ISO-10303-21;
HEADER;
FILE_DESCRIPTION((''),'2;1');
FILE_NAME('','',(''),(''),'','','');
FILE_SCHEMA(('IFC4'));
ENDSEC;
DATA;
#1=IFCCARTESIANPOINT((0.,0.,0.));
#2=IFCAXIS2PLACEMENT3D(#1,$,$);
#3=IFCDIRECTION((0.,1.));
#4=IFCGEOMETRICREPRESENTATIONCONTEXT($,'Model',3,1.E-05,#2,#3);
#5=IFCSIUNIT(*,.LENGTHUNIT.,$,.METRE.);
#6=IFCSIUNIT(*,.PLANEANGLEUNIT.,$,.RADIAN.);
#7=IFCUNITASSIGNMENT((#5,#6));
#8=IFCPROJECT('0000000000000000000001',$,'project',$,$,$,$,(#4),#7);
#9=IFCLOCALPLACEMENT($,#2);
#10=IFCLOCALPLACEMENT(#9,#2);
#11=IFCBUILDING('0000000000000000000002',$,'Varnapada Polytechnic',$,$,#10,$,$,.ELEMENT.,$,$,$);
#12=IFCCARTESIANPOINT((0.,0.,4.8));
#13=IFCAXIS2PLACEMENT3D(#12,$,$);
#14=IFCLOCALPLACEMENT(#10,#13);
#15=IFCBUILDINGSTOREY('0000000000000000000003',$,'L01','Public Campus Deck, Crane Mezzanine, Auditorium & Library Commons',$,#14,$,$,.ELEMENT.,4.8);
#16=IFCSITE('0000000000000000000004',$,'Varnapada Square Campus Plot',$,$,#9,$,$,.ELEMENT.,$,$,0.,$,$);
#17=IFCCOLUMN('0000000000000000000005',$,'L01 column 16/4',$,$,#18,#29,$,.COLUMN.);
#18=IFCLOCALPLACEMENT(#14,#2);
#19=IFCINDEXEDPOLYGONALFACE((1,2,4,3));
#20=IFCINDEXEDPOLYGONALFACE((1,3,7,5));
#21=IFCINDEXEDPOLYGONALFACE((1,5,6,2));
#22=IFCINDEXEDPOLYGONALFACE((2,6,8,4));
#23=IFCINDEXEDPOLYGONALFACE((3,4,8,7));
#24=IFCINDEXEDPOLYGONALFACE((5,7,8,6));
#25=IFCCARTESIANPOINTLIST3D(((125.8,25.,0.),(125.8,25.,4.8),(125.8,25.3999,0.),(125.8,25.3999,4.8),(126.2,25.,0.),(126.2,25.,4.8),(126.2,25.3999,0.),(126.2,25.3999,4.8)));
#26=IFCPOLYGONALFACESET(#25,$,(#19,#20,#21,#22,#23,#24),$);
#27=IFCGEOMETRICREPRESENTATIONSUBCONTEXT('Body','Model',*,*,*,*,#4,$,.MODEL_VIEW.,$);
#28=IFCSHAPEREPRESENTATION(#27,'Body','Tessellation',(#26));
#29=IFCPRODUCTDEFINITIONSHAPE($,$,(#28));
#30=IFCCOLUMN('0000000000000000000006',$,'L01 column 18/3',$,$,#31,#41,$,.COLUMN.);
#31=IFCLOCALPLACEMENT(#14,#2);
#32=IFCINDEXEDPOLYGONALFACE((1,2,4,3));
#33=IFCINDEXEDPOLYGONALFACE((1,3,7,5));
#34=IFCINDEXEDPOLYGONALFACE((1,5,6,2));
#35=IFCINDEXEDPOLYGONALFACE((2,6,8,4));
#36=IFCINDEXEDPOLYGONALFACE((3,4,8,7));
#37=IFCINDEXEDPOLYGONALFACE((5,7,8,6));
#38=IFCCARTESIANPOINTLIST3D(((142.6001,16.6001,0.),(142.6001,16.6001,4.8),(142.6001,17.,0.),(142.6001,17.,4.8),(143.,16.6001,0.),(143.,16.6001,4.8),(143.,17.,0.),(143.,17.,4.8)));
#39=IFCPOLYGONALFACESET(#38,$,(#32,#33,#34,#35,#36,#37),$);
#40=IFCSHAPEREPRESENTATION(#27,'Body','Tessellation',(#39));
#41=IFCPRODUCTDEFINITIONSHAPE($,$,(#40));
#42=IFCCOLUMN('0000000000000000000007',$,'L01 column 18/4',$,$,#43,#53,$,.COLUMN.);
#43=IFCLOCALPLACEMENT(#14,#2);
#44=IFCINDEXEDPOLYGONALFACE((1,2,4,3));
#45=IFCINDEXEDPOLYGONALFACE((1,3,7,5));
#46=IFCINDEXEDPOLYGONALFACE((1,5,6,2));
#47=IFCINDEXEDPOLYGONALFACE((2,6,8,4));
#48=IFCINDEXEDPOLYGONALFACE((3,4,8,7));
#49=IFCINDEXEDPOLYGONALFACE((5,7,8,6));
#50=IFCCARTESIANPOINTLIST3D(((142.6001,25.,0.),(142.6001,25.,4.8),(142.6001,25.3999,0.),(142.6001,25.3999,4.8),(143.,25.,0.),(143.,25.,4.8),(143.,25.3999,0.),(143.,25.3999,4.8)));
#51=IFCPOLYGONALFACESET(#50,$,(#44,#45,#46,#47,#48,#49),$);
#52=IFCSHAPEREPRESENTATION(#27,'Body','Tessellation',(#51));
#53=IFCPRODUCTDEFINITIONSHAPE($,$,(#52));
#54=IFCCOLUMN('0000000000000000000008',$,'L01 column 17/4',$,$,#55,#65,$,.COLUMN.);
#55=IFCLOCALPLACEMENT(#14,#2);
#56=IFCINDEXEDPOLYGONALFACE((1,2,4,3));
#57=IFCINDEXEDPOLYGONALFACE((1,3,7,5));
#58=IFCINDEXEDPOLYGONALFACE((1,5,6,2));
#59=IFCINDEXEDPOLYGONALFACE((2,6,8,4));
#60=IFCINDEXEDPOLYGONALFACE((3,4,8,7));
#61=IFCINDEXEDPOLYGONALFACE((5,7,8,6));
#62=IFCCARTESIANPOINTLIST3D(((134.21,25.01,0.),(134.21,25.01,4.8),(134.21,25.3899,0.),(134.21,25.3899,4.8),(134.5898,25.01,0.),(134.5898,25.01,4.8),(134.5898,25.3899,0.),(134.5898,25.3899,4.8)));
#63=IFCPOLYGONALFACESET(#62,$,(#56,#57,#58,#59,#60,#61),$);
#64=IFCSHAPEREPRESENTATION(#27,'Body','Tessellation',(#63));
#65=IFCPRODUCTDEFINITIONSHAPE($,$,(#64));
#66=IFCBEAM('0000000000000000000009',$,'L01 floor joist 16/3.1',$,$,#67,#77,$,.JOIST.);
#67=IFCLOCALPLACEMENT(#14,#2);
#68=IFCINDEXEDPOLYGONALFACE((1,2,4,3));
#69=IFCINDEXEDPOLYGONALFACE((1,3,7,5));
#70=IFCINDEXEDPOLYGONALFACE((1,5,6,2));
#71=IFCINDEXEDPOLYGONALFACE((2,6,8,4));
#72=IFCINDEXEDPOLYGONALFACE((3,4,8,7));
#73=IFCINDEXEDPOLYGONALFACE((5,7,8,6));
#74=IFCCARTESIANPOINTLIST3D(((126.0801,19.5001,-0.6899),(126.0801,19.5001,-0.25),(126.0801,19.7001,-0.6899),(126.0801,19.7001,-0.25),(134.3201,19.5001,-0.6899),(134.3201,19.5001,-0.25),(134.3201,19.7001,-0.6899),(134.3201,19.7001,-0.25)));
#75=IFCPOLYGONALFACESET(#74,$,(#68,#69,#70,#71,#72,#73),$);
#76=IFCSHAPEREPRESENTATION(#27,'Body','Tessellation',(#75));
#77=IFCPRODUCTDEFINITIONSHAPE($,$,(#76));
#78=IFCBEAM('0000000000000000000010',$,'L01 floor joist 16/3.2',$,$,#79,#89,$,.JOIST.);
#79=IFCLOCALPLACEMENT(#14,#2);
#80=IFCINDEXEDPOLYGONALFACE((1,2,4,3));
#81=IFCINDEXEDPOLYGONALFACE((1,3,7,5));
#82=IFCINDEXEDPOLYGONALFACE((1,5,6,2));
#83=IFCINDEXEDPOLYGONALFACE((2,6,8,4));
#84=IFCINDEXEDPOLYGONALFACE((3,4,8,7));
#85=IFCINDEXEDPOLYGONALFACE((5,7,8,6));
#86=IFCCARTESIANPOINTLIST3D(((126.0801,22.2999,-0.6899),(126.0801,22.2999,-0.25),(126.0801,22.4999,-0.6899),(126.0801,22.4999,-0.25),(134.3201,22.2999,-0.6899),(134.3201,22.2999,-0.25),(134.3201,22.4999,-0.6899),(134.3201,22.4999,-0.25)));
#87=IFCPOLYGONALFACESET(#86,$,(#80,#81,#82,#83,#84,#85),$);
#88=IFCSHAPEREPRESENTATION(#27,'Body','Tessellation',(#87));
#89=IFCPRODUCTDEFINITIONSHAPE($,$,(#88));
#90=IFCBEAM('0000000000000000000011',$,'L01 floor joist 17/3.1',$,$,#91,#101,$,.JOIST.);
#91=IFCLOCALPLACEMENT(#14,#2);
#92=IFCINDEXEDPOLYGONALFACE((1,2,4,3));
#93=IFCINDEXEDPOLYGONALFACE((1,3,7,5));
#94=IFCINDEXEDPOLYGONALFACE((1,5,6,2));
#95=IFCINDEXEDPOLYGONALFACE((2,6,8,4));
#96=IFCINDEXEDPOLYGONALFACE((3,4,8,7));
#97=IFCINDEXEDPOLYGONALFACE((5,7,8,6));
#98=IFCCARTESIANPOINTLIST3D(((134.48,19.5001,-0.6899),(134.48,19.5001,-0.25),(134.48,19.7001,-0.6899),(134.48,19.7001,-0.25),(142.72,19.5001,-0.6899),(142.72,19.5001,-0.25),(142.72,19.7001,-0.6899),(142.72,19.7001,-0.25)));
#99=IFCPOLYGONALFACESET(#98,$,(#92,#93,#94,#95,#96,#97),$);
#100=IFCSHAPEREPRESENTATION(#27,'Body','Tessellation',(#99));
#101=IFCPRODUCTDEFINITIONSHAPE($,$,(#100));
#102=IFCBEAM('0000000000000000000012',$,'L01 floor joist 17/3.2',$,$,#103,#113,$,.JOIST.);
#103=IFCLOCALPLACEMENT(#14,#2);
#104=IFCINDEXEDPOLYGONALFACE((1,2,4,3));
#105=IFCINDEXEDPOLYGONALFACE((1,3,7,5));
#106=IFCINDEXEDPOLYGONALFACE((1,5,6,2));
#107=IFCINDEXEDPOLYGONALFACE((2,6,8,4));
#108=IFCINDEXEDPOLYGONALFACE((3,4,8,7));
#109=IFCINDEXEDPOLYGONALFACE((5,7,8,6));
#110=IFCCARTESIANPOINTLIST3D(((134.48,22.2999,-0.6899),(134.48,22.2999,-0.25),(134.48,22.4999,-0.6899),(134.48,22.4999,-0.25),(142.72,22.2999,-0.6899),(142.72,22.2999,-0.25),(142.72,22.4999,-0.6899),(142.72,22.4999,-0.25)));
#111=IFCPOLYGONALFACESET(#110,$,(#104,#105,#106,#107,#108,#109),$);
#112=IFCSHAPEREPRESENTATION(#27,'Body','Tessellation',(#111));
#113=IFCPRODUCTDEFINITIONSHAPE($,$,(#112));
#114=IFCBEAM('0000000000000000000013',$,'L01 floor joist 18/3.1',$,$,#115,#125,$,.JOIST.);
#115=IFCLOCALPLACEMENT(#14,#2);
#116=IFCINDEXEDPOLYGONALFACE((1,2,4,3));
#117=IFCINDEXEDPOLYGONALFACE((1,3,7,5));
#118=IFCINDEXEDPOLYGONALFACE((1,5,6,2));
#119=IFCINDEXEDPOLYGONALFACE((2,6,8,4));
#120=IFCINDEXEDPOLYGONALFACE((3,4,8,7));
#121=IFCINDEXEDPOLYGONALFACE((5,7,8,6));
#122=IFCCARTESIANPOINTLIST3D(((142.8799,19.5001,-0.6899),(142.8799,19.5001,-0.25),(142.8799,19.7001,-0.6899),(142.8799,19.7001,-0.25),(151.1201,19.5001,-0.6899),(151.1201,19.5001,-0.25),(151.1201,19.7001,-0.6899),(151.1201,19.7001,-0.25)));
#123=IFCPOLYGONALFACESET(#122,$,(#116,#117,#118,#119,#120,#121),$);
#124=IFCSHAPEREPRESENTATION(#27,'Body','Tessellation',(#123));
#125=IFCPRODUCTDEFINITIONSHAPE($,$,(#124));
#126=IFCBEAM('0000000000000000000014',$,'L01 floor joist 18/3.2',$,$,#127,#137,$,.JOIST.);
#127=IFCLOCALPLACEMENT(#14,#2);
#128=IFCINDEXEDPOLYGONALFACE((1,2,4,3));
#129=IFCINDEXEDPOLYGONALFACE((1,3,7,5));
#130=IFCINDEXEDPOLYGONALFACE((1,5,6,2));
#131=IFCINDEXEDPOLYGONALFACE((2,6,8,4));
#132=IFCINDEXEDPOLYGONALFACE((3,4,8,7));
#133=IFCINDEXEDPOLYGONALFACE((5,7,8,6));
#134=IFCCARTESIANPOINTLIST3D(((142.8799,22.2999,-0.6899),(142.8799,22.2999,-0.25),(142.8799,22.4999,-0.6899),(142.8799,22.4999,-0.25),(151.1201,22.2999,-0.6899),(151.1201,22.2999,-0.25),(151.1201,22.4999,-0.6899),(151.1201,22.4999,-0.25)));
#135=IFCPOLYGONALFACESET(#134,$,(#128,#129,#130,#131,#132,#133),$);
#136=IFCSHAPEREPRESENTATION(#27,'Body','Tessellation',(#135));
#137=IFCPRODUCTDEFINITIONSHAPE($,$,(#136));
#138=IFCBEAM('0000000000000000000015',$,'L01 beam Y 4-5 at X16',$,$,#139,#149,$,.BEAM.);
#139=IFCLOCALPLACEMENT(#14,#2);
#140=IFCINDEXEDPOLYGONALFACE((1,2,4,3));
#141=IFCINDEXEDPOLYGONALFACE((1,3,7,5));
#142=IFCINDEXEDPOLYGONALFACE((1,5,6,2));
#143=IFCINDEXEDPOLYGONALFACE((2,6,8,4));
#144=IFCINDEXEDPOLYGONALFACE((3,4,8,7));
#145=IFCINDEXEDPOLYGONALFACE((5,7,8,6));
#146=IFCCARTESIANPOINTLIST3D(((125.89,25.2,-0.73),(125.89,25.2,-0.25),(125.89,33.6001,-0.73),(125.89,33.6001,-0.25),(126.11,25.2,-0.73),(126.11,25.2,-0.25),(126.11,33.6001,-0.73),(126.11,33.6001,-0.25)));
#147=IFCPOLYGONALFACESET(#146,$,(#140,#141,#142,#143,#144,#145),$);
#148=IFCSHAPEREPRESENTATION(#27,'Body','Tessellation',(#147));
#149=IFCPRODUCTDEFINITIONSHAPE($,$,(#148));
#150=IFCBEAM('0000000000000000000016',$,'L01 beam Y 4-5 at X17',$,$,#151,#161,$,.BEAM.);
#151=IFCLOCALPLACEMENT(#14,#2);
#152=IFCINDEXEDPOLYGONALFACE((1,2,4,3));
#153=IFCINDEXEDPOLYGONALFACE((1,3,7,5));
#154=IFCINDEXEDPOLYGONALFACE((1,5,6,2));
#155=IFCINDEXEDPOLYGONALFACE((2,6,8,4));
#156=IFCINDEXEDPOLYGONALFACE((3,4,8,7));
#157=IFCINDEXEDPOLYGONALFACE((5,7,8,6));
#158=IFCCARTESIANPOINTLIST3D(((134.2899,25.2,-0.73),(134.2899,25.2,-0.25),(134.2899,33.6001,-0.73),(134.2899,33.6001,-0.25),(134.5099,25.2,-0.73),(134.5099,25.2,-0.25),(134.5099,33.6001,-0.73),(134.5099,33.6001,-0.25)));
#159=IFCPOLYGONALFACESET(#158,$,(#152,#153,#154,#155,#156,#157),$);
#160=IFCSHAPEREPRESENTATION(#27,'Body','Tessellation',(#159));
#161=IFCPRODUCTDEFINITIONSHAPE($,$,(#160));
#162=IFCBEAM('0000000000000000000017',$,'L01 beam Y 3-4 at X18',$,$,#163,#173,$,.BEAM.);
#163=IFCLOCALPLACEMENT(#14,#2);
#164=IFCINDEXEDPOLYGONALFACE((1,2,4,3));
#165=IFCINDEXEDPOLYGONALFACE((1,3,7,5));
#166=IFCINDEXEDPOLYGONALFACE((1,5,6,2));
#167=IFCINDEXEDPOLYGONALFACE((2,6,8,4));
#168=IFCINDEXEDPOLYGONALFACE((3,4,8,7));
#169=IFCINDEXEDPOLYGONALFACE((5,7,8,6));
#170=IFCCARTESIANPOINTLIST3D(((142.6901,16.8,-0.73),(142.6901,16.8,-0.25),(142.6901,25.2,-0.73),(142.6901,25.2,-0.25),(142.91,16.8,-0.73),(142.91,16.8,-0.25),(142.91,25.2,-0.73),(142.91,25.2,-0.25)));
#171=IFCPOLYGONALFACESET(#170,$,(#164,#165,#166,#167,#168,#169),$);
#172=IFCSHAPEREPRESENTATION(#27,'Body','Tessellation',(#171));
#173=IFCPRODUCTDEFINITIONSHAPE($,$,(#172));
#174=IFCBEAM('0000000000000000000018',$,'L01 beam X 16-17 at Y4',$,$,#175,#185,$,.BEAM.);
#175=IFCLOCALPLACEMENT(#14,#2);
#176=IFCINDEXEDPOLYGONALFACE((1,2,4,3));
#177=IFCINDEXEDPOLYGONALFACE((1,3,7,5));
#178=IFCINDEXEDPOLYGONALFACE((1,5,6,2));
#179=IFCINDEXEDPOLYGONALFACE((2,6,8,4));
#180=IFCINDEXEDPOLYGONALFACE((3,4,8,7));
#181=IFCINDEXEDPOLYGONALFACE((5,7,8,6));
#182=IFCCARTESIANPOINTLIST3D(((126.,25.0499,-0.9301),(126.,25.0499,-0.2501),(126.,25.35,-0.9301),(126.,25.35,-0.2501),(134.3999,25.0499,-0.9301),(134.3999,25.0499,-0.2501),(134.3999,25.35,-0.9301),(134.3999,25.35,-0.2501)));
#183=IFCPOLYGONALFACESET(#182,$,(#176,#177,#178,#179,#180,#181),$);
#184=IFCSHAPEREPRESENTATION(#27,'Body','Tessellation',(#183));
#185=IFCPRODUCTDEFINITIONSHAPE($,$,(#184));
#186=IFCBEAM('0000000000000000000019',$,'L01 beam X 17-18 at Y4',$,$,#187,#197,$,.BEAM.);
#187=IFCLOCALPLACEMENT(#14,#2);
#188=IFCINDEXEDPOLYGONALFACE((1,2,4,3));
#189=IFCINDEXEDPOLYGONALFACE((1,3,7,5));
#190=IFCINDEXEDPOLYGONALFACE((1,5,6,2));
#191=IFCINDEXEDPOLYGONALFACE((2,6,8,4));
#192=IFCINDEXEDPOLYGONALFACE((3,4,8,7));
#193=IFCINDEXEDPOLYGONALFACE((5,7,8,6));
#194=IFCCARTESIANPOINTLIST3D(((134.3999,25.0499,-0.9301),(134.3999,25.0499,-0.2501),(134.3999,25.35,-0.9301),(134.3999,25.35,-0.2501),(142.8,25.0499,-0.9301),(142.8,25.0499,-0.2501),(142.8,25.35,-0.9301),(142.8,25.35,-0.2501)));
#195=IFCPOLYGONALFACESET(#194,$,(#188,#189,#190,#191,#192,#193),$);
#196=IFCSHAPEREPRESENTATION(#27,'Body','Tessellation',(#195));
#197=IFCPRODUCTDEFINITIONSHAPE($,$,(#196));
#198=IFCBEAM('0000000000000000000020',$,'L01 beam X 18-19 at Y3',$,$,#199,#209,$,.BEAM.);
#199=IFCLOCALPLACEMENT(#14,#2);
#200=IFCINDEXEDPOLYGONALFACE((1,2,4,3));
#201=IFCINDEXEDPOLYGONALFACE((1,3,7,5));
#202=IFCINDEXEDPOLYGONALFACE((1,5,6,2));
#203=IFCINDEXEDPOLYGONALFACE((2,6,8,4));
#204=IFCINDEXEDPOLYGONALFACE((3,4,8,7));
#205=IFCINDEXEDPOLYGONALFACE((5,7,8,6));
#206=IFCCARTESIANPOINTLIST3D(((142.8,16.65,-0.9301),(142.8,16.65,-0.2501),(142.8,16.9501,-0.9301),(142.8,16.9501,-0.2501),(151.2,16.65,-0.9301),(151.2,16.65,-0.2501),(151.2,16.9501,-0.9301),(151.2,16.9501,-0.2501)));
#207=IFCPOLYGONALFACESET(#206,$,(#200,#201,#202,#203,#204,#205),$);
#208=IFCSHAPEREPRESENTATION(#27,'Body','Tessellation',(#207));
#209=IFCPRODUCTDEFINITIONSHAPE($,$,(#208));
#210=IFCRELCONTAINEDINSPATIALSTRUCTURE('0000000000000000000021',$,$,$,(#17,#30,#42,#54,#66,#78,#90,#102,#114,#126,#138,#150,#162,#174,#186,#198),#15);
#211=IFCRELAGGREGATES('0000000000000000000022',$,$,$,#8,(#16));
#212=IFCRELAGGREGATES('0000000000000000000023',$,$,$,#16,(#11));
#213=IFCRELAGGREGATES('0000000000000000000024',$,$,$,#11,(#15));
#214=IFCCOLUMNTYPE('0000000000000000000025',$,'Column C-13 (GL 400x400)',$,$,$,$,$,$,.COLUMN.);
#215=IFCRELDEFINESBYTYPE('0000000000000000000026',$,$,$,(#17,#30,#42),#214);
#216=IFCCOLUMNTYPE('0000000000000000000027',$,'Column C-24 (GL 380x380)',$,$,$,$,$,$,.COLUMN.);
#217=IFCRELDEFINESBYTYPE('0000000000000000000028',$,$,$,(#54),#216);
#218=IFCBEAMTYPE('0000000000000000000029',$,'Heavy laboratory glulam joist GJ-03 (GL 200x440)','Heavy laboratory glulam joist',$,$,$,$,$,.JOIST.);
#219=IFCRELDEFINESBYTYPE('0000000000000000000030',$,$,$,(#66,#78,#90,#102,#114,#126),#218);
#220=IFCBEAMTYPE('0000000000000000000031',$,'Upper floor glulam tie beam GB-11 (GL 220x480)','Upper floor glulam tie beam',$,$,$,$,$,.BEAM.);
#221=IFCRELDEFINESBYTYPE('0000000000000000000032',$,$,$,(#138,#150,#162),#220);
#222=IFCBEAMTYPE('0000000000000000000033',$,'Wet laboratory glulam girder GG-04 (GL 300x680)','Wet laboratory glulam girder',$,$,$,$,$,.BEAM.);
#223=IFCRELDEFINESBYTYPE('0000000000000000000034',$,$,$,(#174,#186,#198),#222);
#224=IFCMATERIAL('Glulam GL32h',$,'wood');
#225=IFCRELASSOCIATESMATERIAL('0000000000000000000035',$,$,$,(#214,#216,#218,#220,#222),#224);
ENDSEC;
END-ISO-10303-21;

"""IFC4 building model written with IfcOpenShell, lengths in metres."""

from ifc_helpers import new_model, si_unit, direction, frame, origin, origin_2d, place, context, subcontext, project, spatial, rectangle, extrude, material, material_profile, profile_set, type_object, element, save


model = new_model("IFC4")

# Units and contexts
model_context = context("Model", 3, precision=1e-05, world=origin(), true_north=direction((0.0, 1.0)))
body_context = subcontext(model_context, "Body", "Model", "MODEL_VIEW")
ifc_project = project(units=[si_unit("LENGTHUNIT", "METRE"), si_unit("PLANEANGLEUNIT", "RADIAN")], contexts=[model_context])

# Site, building, storey
site_placement = place(None, origin())
site = spatial("IfcSite", under=ifc_project, at=site_placement, Name="Varnapada Square Campus Plot", CompositionType="ELEMENT", RefElevation=0.0)
building_placement = place(site_placement, origin())
building = spatial("IfcBuilding", under=site, at=building_placement, Name="Varnapada Polytechnic", CompositionType="ELEMENT")
storey_placement = place(building_placement, frame((0.0, 0.0, 4.8)))
storey = spatial("IfcBuildingStorey", under=building, at=storey_placement, Name="L01", Description="Public Campus Deck, Crane Mezzanine, Auditorium & Library Commons", CompositionType="ELEMENT", Elevation=4.8)

# Columns
ifc_material_1 = material(Name="Glulam GL32h", Category="wood")
ifc_material_profile_1 = material_profile(ifc_material_1, rectangle(XDim=0.3999, YDim=0.3999, at=origin_2d()), Name="GL 400x400")
ifc_profile_set_1 = profile_set([ifc_material_profile_1], Name="Glulam GL32h")
column_type_1 = type_object("IfcColumnType", Name="Column C-13 (GL 400x400)", PredefinedType="COLUMN", material=ifc_profile_set_1)
for number, where, z_axis, x_axis, name in (
    (1, (126.0, 25.2, 0.0), (0.0, 0.0, 1.0), (1.0, 0.0, 0.0), "L01 column 16/4"),
    (2, (142.8, 16.8, 0.0), (0.0, 0.0, 1.0), (1.0, 0.0, 0.0), "L01 column 18/3"),
    (3, (142.8, 25.2, 0.0), (0.0, 0.0, 1.0), (1.0, 0.0, 0.0), "L01 column 18/4"),
):
    element("IfcColumn", number, at=place(storey_placement, frame(where, z_axis=z_axis, x_axis=x_axis)), inside=storey, type_object=column_type_1, Name=name, PredefinedType="COLUMN", context=body_context, shape_type="SweptSolid", body=[
        extrude(rectangle(XDim=0.3999, YDim=0.3999, at=origin_2d()), origin(), (0.0, 0.0, 1.0), 4.8),
    ])
ifc_material_profile_2 = material_profile(ifc_material_1, rectangle(XDim=0.3799, YDim=0.3799, at=origin_2d()), Name="GL 380x380")
ifc_profile_set_2 = profile_set([ifc_material_profile_2], Name="Glulam GL32h")
column_type_2 = type_object("IfcColumnType", Name="Column C-24 (GL 380x380)", PredefinedType="COLUMN", material=ifc_profile_set_2)
column_placement = place(storey_placement, frame((134.3999, 25.2, 0.0), z_axis=(0.0, 0.0, 1.0), x_axis=(1.0, 0.0, 0.0)))
element("IfcColumn", 4, at=column_placement, inside=storey, type_object=column_type_2, Name="L01 column 17/4", PredefinedType="COLUMN", context=body_context, shape_type="SweptSolid", body=[
    extrude(rectangle(XDim=0.3799, YDim=0.3799, at=origin_2d()), origin(), (0.0, 0.0, 1.0), 4.8),
])

# Beams
ifc_material_profile_3 = material_profile(ifc_material_1, rectangle(XDim=0.2, YDim=0.4399, at=origin_2d()), Name="GL 200x440")
ifc_profile_set_3 = profile_set([ifc_material_profile_3], Name="Glulam GL32h")
beam_type_1 = type_object("IfcBeamType", Name="Heavy laboratory glulam joist GJ-03 (GL 200x440)", Description="Heavy laboratory glulam joist", PredefinedType="JOIST", material=ifc_profile_set_3)
for number, where, z_axis, x_axis, name in (
    (5, (126.0801, 19.6001, -0.47), (1.0, 0.0, 0.0), (0.0, 1.0, 0.0), "L01 floor joist 16/3.1"),
    (6, (126.0801, 22.3999, -0.47), (1.0, 0.0, 0.0), (0.0, 1.0, 0.0), "L01 floor joist 16/3.2"),
    (7, (134.48, 19.6001, -0.47), (1.0, 0.0, 0.0), (0.0, 1.0, 0.0), "L01 floor joist 17/3.1"),
    (8, (134.48, 22.3999, -0.47), (1.0, 0.0, 0.0), (0.0, 1.0, 0.0), "L01 floor joist 17/3.2"),
):
    element("IfcBeam", number, at=place(storey_placement, frame(where, z_axis=z_axis, x_axis=x_axis)), inside=storey, type_object=beam_type_1, Name=name, PredefinedType="JOIST", context=body_context, shape_type="SweptSolid", body=[
        extrude(rectangle(XDim=0.2, YDim=0.4399, at=origin_2d()), origin(), (0.0, 0.0, 1.0), 8.24),
    ])
for number, where, z_axis, x_axis, name in (
    (9, (142.8799, 19.6001, -0.47), (1.0, 0.0, 0.0), (0.0, 1.0, 0.0), "L01 floor joist 18/3.1"),
    (10, (142.8799, 22.3999, -0.47), (1.0, 0.0, 0.0), (0.0, 1.0, 0.0), "L01 floor joist 18/3.2"),
):
    element("IfcBeam", number, at=place(storey_placement, frame(where, z_axis=z_axis, x_axis=x_axis)), inside=storey, type_object=beam_type_1, Name=name, PredefinedType="JOIST", context=body_context, shape_type="SweptSolid", body=[
        extrude(rectangle(XDim=0.2, YDim=0.4399, at=origin_2d()), origin(), (0.0, 0.0, 1.0), 8.2402),
    ])
ifc_material_profile_4 = material_profile(ifc_material_1, rectangle(XDim=0.22, YDim=0.48, at=origin_2d()), Name="GL 220x480")
ifc_profile_set_4 = profile_set([ifc_material_profile_4], Name="Glulam GL32h")
beam_type_2 = type_object("IfcBeamType", Name="Upper floor glulam tie beam GB-11 (GL 220x480)", Description="Upper floor glulam tie beam", PredefinedType="BEAM", material=ifc_profile_set_4)
for number, where, z_axis, x_axis, name in (
    (11, (126.0, 25.2, -0.49), (0.0, 1.0, 0.0), (-1.0, 0.0, 0.0), "L01 beam Y 4-5 at X16"),
    (12, (134.3999, 25.2, -0.49), (0.0, 1.0, 0.0), (-1.0, 0.0, 0.0), "L01 beam Y 4-5 at X17"),
):
    element("IfcBeam", number, at=place(storey_placement, frame(where, z_axis=z_axis, x_axis=x_axis)), inside=storey, type_object=beam_type_2, Name=name, PredefinedType="BEAM", context=body_context, shape_type="SweptSolid", body=[
        extrude(rectangle(XDim=0.22, YDim=0.48, at=origin_2d()), origin(), (0.0, 0.0, 1.0), 8.4001),
    ])
beam_1_placement = place(storey_placement, frame((142.8, 16.8, -0.49), z_axis=(0.0, 1.0, 0.0), x_axis=(-1.0, 0.0, 0.0)))
element("IfcBeam", 13, at=beam_1_placement, inside=storey, type_object=beam_type_2, Name="L01 beam Y 3-4 at X18", PredefinedType="BEAM", context=body_context, shape_type="SweptSolid", body=[
    extrude(rectangle(XDim=0.22, YDim=0.48, at=origin_2d()), origin(), (0.0, 0.0, 1.0), 8.3999),
])
ifc_material_profile_5 = material_profile(ifc_material_1, rectangle(XDim=0.3, YDim=0.6799, at=origin_2d()), Name="GL 300x680")
ifc_profile_set_5 = profile_set([ifc_material_profile_5], Name="Glulam GL32h")
beam_type_3 = type_object("IfcBeamType", Name="Wet laboratory glulam girder GG-04 (GL 300x680)", Description="Wet laboratory glulam girder", PredefinedType="BEAM", material=ifc_profile_set_5)
beam_2_placement = place(storey_placement, frame((126.0, 25.2, -0.5901), z_axis=(1.0, 0.0, 0.0), x_axis=(0.0, 1.0, 0.0)))
element("IfcBeam", 14, at=beam_2_placement, inside=storey, type_object=beam_type_3, Name="L01 beam X 16-17 at Y4", PredefinedType="BEAM", context=body_context, shape_type="SweptSolid", body=[
    extrude(rectangle(XDim=0.3, YDim=0.6799, at=origin_2d()), origin(), (0.0, 0.0, 1.0), 8.3999),
])
beam_3_placement = place(storey_placement, frame((134.3999, 25.2, -0.5901), z_axis=(1.0, 0.0, 0.0), x_axis=(0.0, 1.0, 0.0)))
element("IfcBeam", 15, at=beam_3_placement, inside=storey, type_object=beam_type_3, Name="L01 beam X 17-18 at Y4", PredefinedType="BEAM", context=body_context, shape_type="SweptSolid", body=[
    extrude(rectangle(XDim=0.3, YDim=0.6799, at=origin_2d()), origin(), (0.0, 0.0, 1.0), 8.4001),
])
for number, where, z_axis, x_axis, name in (
    (16, (142.8, 16.8, -0.5901), (1.0, 0.0, 0.0), (0.0, 1.0, 0.0), "L01 beam X 18-19 at Y3"),
):
    element("IfcBeam", number, at=place(storey_placement, frame(where, z_axis=z_axis, x_axis=x_axis)), inside=storey, type_object=beam_type_3, Name=name, PredefinedType="BEAM", context=body_context, shape_type="SweptSolid", body=[
        extrude(rectangle(XDim=0.3, YDim=0.6799, at=origin_2d()), origin(), (0.0, 0.0, 1.0), 8.3999),
    ])

save(model, "model.ifc")
